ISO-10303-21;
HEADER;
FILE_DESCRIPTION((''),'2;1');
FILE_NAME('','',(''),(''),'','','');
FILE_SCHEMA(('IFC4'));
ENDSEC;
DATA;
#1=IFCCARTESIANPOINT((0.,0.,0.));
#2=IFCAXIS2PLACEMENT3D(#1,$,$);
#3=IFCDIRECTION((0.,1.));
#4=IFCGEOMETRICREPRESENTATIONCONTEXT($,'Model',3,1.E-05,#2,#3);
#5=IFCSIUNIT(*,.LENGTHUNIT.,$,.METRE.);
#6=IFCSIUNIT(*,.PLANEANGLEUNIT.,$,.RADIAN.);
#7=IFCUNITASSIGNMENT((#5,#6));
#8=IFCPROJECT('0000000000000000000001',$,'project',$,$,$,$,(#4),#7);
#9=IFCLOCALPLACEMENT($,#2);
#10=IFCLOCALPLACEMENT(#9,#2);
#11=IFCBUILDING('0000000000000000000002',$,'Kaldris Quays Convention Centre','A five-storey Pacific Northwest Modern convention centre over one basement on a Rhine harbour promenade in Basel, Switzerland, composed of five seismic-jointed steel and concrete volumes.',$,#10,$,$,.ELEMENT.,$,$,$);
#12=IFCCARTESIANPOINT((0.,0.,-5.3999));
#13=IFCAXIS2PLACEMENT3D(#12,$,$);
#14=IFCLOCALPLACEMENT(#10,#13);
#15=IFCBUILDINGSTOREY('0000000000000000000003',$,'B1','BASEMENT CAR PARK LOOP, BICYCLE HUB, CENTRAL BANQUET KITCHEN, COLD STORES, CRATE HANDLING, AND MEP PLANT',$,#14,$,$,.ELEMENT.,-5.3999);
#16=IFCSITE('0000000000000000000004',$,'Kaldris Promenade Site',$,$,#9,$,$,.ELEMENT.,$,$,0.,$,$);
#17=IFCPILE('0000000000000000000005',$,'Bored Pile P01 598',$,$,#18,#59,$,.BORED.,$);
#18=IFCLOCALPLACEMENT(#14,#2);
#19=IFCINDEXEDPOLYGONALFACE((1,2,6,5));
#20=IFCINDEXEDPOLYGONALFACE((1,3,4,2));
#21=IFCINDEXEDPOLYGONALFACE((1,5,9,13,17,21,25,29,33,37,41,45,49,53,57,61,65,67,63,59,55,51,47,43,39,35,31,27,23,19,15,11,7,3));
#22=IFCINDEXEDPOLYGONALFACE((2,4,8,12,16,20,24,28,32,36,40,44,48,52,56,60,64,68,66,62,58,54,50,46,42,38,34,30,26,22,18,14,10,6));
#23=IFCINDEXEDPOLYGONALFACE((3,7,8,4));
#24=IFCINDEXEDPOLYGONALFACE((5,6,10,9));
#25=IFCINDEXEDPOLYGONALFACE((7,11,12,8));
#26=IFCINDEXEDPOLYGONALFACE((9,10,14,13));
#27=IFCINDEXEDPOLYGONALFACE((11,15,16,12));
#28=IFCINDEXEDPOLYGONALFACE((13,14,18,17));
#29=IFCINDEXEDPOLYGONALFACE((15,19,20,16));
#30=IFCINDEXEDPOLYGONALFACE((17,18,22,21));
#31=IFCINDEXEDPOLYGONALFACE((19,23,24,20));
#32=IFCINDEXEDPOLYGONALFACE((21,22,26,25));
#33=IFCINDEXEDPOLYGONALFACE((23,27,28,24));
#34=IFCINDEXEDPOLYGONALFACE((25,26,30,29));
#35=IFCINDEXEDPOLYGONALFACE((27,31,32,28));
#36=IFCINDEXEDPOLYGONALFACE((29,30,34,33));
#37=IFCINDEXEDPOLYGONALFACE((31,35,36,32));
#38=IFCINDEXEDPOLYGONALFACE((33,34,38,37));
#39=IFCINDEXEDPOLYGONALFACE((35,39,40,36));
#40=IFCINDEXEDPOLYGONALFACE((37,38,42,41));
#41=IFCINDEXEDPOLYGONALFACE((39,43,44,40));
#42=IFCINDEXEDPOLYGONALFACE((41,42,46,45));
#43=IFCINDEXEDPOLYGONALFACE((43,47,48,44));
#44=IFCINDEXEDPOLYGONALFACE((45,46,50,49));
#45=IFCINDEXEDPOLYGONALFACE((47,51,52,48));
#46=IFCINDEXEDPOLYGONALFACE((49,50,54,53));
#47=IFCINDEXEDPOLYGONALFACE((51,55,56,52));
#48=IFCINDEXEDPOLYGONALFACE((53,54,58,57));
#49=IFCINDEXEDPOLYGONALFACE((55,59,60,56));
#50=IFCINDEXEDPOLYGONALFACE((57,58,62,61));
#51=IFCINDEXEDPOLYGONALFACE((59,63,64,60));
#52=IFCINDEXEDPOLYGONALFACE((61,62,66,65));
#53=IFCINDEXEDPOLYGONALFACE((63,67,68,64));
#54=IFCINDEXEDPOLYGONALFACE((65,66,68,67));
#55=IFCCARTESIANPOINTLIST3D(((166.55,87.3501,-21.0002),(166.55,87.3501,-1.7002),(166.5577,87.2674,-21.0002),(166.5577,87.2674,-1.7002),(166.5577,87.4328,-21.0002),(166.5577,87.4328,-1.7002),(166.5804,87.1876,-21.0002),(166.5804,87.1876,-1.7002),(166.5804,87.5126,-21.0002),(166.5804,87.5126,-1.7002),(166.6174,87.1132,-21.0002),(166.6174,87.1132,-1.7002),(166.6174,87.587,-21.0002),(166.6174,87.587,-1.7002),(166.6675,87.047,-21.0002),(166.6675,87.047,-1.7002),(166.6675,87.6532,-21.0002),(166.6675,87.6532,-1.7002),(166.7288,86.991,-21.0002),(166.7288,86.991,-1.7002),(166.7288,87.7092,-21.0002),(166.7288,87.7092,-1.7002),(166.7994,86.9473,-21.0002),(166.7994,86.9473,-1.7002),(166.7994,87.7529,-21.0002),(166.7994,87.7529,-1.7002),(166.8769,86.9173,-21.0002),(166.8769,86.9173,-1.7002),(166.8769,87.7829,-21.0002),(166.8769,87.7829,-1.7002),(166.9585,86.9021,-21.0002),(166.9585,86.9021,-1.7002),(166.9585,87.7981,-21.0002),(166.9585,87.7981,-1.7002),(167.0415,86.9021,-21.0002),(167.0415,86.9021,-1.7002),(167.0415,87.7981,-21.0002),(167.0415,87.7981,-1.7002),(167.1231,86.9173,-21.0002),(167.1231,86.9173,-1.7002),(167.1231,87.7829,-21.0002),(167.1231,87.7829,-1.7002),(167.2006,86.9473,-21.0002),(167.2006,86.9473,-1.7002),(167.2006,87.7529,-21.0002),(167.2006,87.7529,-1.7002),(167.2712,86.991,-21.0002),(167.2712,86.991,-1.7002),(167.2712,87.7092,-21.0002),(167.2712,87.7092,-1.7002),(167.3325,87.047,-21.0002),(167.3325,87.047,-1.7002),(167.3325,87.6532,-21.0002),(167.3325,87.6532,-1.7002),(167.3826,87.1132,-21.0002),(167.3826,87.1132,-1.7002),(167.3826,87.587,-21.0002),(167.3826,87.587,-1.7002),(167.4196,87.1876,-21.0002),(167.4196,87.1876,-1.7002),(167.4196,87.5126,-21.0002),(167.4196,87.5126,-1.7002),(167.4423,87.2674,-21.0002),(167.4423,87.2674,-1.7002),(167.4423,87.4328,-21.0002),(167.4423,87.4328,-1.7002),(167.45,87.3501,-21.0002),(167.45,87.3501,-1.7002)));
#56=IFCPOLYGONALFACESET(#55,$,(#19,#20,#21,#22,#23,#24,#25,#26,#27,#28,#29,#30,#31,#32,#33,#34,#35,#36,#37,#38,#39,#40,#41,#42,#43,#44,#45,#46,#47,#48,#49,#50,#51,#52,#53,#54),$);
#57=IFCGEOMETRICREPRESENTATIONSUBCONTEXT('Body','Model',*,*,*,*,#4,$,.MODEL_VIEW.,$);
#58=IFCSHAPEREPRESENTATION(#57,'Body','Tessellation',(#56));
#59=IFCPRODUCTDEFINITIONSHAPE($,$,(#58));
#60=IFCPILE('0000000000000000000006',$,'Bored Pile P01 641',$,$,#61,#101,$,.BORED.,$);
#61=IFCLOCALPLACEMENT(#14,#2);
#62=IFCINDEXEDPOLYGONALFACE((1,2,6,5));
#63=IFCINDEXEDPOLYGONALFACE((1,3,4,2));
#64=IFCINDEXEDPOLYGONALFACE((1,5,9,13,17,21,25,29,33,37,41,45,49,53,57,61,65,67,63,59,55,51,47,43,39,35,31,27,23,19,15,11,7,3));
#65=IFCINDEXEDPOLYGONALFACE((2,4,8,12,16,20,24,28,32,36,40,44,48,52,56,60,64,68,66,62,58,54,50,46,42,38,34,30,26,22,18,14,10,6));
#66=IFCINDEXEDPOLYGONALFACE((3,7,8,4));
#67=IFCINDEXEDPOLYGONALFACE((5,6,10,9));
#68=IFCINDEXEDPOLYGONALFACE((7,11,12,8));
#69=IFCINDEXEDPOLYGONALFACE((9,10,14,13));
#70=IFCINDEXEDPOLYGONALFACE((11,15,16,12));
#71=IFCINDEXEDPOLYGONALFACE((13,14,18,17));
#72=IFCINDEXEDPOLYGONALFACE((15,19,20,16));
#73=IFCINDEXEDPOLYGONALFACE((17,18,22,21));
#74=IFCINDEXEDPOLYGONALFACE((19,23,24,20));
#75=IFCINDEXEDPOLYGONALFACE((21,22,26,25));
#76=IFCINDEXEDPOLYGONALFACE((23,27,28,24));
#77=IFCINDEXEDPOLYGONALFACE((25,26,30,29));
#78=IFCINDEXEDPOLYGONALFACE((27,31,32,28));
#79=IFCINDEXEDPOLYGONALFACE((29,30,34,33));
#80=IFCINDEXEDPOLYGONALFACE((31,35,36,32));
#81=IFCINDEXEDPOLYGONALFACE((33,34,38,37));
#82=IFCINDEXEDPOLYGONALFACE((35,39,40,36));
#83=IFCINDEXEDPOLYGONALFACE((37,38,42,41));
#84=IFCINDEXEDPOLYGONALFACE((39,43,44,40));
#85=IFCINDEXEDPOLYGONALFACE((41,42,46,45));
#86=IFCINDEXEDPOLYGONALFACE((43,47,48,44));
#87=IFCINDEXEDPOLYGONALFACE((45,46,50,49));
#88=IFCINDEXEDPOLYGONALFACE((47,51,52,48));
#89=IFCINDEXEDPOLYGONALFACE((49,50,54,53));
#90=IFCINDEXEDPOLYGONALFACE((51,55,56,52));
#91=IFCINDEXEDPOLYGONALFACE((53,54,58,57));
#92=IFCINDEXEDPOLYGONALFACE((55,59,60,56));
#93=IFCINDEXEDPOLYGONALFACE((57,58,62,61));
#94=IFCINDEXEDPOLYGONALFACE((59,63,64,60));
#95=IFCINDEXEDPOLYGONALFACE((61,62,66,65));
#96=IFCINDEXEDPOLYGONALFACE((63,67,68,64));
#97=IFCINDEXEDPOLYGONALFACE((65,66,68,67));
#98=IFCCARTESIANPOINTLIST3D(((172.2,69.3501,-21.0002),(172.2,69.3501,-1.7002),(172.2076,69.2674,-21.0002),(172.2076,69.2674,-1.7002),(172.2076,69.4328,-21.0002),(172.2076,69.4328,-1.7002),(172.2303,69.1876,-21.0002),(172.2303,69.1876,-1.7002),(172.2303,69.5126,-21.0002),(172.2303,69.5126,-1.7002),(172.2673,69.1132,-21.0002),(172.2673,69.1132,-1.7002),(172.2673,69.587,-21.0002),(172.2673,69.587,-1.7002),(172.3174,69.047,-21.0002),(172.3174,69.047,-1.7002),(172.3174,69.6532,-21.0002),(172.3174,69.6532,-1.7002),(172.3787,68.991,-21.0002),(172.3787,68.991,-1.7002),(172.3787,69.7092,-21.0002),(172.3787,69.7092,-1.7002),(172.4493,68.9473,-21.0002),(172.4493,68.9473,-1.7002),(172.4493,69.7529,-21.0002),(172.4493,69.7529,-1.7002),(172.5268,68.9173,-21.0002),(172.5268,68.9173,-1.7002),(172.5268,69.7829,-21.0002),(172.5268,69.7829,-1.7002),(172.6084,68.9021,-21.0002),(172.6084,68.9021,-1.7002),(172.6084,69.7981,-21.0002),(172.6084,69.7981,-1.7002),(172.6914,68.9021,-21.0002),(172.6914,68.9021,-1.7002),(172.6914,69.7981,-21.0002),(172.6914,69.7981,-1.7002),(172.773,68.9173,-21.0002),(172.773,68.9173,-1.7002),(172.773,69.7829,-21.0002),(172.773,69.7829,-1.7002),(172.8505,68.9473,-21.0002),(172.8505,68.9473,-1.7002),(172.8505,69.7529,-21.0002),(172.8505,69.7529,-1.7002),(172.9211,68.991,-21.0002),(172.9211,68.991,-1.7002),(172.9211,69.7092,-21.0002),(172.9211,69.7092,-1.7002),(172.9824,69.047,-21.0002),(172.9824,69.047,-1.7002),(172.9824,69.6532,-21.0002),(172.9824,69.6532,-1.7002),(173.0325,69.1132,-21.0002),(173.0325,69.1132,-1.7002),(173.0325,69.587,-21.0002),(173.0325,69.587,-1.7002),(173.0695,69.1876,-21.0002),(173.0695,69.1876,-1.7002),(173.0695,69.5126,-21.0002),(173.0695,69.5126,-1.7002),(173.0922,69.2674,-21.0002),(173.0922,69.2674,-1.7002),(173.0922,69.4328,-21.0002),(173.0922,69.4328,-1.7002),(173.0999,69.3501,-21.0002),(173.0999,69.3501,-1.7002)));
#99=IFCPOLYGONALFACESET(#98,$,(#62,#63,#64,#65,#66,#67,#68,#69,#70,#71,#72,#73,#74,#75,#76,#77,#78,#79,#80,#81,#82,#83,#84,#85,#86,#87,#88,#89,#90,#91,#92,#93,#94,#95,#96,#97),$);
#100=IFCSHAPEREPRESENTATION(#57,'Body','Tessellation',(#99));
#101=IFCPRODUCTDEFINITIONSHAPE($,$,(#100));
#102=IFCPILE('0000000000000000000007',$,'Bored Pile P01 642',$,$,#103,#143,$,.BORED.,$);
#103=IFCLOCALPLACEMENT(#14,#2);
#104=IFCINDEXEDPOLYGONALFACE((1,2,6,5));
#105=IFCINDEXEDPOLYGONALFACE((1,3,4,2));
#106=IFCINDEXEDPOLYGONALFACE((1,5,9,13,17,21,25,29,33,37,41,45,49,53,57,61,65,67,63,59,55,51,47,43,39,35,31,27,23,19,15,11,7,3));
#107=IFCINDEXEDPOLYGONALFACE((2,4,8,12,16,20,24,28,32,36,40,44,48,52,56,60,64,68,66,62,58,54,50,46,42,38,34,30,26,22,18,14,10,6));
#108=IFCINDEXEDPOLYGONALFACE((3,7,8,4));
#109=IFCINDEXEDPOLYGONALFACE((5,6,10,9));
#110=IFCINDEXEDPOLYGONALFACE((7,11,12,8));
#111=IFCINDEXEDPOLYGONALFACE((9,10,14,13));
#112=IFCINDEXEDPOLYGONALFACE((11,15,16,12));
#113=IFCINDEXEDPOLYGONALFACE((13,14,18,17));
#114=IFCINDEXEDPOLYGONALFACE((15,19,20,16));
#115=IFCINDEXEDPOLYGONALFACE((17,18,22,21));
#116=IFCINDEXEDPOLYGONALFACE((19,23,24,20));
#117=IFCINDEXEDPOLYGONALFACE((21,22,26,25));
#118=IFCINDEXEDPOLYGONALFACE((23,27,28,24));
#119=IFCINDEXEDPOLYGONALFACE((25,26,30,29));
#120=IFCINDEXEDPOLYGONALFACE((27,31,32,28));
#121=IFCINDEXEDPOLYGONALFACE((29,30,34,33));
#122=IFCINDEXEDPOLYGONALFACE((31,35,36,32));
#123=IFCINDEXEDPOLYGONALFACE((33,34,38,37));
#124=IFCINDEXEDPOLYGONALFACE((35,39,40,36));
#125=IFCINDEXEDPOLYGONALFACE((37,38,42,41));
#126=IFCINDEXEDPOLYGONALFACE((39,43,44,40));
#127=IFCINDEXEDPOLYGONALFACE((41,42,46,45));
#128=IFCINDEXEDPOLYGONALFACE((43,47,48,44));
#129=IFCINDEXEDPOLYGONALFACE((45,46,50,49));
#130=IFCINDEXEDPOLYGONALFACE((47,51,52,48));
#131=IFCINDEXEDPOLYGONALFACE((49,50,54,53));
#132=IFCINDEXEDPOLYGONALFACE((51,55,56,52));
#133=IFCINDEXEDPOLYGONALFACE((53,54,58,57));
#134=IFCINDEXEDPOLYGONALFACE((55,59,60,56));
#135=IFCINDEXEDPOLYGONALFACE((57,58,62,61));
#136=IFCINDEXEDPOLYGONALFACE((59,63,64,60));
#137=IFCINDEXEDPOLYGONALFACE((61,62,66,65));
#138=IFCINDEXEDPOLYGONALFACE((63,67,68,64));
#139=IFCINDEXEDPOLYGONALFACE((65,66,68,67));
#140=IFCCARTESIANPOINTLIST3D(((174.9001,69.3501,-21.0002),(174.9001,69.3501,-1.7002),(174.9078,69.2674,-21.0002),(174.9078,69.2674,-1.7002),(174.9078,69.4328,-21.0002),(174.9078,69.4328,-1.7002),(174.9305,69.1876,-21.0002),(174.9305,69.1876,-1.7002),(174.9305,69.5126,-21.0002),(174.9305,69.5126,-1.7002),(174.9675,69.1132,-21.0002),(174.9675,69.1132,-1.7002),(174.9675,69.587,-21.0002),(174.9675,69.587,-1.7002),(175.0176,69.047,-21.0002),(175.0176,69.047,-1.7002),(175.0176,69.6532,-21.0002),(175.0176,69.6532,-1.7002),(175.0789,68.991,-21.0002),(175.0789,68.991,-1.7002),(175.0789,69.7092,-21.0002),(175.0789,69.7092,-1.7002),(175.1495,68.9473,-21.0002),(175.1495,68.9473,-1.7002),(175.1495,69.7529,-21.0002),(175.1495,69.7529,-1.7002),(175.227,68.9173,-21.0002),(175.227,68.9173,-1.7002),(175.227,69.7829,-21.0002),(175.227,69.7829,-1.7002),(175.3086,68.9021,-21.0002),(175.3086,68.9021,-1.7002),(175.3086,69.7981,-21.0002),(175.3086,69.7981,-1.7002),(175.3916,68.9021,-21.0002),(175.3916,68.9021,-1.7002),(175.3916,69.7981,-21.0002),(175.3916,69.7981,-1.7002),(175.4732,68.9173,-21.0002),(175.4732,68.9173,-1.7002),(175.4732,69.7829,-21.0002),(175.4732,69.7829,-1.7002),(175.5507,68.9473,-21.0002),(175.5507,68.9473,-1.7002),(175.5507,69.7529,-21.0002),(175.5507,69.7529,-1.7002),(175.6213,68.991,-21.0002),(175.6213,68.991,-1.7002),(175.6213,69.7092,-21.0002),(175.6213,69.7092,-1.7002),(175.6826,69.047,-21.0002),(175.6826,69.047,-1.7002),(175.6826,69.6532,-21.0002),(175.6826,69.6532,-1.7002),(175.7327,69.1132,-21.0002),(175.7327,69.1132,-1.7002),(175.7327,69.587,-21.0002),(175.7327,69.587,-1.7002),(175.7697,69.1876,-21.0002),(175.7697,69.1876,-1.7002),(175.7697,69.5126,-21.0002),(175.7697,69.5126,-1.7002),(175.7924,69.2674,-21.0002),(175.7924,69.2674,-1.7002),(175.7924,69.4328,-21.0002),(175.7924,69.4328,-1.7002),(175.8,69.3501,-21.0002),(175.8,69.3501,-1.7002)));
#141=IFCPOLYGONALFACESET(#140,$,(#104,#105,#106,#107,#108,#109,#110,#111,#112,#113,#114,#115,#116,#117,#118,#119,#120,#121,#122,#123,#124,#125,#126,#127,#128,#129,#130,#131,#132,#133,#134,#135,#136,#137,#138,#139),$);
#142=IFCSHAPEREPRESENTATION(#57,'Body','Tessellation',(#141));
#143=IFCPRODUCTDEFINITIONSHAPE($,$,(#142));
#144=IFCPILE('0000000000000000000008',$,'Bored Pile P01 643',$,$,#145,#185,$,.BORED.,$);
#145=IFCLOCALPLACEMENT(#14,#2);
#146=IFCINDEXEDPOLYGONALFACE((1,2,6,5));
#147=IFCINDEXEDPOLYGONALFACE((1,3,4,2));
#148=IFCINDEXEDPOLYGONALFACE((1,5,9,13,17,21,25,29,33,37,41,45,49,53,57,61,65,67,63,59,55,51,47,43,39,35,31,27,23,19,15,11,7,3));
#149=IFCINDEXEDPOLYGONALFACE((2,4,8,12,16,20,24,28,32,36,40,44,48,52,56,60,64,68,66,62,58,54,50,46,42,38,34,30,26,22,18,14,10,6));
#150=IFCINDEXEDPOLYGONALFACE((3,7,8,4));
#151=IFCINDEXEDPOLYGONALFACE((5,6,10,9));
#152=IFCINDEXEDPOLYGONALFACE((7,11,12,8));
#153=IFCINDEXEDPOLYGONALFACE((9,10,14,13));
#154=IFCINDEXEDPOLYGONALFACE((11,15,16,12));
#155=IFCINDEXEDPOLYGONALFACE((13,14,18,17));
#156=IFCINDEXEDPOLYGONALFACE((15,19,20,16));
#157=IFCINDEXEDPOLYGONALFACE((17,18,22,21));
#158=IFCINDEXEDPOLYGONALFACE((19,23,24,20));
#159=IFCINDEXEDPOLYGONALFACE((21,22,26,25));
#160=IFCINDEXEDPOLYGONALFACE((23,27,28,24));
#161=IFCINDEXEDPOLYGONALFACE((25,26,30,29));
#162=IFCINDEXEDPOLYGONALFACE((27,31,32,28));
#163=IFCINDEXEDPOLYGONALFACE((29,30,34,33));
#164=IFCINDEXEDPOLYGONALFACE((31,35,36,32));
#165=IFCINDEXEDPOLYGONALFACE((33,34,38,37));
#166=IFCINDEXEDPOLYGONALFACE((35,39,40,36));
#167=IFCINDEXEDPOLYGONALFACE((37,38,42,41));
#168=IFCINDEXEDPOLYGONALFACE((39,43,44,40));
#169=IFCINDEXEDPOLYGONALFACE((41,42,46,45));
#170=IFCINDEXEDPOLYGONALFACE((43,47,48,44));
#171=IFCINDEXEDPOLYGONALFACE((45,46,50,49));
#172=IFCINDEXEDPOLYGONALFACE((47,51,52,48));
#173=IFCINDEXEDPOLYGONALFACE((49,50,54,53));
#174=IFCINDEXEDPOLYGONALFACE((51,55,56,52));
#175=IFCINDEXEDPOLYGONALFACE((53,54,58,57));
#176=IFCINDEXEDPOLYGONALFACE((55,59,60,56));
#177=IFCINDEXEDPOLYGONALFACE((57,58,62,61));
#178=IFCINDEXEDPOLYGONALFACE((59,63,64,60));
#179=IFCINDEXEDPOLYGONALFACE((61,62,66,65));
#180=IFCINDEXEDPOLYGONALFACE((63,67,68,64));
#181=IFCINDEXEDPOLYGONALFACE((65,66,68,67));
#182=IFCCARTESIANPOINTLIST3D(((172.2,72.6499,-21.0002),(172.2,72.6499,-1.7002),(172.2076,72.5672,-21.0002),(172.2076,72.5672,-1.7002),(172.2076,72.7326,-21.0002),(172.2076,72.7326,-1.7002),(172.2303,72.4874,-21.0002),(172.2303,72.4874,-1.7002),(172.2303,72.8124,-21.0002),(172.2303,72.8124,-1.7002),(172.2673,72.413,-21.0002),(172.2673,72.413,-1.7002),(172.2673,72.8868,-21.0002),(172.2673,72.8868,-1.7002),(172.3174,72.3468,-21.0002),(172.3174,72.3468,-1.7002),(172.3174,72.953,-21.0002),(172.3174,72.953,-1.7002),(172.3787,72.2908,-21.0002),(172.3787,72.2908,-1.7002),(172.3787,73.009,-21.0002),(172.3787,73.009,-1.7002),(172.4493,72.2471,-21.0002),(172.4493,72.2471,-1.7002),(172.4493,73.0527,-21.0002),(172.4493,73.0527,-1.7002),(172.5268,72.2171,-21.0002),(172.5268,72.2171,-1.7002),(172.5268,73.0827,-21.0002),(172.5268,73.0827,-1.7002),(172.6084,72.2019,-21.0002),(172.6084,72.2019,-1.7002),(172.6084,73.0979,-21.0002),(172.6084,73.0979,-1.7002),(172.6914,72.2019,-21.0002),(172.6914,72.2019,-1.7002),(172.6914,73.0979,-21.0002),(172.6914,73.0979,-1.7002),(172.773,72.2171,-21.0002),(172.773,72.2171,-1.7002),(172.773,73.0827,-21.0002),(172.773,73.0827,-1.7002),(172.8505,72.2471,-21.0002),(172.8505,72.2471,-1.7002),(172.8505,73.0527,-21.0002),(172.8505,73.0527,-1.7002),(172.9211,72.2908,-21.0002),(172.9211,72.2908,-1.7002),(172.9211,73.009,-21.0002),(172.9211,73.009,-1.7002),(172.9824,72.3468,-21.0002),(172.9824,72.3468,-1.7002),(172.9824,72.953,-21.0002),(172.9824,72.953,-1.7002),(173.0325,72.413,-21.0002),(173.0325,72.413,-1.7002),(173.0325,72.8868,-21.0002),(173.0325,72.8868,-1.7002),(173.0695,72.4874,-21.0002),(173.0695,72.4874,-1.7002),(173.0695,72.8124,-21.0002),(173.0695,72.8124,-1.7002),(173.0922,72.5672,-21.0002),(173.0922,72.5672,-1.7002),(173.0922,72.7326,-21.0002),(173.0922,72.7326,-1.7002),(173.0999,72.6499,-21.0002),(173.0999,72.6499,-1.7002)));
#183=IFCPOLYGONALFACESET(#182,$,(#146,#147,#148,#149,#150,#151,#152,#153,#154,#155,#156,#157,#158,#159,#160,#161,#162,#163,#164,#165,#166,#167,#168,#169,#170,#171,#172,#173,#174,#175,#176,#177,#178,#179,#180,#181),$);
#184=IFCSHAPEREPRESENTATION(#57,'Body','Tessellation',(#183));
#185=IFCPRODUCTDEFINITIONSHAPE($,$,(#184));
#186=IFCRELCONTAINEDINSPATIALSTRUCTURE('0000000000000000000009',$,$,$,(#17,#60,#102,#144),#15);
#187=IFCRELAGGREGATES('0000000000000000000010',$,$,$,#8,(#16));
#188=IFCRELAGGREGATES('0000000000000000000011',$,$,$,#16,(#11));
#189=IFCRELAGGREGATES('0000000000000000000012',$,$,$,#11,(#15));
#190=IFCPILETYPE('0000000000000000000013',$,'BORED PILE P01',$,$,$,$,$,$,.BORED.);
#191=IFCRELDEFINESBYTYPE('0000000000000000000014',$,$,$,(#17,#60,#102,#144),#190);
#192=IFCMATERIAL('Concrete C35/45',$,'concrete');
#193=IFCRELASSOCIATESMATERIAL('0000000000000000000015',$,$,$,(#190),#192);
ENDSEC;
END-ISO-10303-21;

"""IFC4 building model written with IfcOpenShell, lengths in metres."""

from ifc_helpers import new_model, si_unit, direction, frame, origin, origin_2d, place, context, subcontext, project, spatial, circle, extrude, material, material_profile, profile_set, type_object, element, save


model = new_model("IFC4")

# Units and contexts
model_context = context("Model", 3, precision=1e-05, world=origin(), true_north=direction((0.0, 1.0)))
body_context = subcontext(model_context, "Body", "Model", "MODEL_VIEW")
ifc_project = project(units=[si_unit("LENGTHUNIT", "METRE"), si_unit("PLANEANGLEUNIT", "RADIAN")], contexts=[model_context])

# Site, building, storey
site_placement = place(None, origin())
site = spatial("IfcSite", under=ifc_project, at=site_placement, Name="Kaldris Promenade Site", CompositionType="ELEMENT", RefElevation=0.0)
building_placement = place(site_placement, origin())
building = spatial("IfcBuilding", under=site, at=building_placement, Name="Kaldris Quays Convention Centre", Description="A five-storey Pacific Northwest Modern convention centre over one basement on a Rhine harbour promenade in Basel, Switzerland, composed of five seismic-jointed steel and concrete volumes.", CompositionType="ELEMENT")
storey_placement = place(building_placement, frame((0.0, 0.0, -5.3999)))
storey = spatial("IfcBuildingStorey", under=building, at=storey_placement, Name="B1", Description="BASEMENT CAR PARK LOOP, BICYCLE HUB, CENTRAL BANQUET KITCHEN, COLD STORES, CRATE HANDLING, AND MEP PLANT", CompositionType="ELEMENT", Elevation=-5.3999)

# Piles
ifc_material_1 = material(Name="Concrete C35/45", Category="concrete")
ifc_material_profile_1 = material_profile(ifc_material_1, circle(Radius=0.45, at=origin_2d()), Name="BORED PILE D900")
ifc_profile_set_1 = profile_set([ifc_material_profile_1], Name="Concrete C35/45")
pile_type_1 = type_object("IfcPileType", Name="BORED PILE P01", PredefinedType="BORED", material=ifc_profile_set_1)
for number, where, z_axis, x_axis, name in (
    (1, (167.0, 87.3501, -1.7002), (0.0, 0.0, -1.0), (1.0, 0.0, 0.0), "Bored Pile P01 598"),
    (2, (172.6499, 69.3501, -1.7002), (0.0, 0.0, -1.0), (1.0, 0.0, 0.0), "Bored Pile P01 641"),
    (3, (175.3501, 69.3501, -1.7002), (0.0, 0.0, -1.0), (1.0, 0.0, 0.0), "Bored Pile P01 642"),
    (4, (172.6499, 72.6499, -1.7002), (0.0, 0.0, -1.0), (1.0, 0.0, 0.0), "Bored Pile P01 643"),
):
    element("IfcPile", number, at=place(storey_placement, frame(where, z_axis=z_axis, x_axis=x_axis)), inside=storey, type_object=pile_type_1, Name=name, PredefinedType="BORED", context=body_context, shape_type="SweptSolid", body=[
        extrude(circle(Radius=0.45, at=origin_2d()), origin(), (0.0, 0.0, 1.0), 19.3),
    ])

save(model, "model.ifc")
